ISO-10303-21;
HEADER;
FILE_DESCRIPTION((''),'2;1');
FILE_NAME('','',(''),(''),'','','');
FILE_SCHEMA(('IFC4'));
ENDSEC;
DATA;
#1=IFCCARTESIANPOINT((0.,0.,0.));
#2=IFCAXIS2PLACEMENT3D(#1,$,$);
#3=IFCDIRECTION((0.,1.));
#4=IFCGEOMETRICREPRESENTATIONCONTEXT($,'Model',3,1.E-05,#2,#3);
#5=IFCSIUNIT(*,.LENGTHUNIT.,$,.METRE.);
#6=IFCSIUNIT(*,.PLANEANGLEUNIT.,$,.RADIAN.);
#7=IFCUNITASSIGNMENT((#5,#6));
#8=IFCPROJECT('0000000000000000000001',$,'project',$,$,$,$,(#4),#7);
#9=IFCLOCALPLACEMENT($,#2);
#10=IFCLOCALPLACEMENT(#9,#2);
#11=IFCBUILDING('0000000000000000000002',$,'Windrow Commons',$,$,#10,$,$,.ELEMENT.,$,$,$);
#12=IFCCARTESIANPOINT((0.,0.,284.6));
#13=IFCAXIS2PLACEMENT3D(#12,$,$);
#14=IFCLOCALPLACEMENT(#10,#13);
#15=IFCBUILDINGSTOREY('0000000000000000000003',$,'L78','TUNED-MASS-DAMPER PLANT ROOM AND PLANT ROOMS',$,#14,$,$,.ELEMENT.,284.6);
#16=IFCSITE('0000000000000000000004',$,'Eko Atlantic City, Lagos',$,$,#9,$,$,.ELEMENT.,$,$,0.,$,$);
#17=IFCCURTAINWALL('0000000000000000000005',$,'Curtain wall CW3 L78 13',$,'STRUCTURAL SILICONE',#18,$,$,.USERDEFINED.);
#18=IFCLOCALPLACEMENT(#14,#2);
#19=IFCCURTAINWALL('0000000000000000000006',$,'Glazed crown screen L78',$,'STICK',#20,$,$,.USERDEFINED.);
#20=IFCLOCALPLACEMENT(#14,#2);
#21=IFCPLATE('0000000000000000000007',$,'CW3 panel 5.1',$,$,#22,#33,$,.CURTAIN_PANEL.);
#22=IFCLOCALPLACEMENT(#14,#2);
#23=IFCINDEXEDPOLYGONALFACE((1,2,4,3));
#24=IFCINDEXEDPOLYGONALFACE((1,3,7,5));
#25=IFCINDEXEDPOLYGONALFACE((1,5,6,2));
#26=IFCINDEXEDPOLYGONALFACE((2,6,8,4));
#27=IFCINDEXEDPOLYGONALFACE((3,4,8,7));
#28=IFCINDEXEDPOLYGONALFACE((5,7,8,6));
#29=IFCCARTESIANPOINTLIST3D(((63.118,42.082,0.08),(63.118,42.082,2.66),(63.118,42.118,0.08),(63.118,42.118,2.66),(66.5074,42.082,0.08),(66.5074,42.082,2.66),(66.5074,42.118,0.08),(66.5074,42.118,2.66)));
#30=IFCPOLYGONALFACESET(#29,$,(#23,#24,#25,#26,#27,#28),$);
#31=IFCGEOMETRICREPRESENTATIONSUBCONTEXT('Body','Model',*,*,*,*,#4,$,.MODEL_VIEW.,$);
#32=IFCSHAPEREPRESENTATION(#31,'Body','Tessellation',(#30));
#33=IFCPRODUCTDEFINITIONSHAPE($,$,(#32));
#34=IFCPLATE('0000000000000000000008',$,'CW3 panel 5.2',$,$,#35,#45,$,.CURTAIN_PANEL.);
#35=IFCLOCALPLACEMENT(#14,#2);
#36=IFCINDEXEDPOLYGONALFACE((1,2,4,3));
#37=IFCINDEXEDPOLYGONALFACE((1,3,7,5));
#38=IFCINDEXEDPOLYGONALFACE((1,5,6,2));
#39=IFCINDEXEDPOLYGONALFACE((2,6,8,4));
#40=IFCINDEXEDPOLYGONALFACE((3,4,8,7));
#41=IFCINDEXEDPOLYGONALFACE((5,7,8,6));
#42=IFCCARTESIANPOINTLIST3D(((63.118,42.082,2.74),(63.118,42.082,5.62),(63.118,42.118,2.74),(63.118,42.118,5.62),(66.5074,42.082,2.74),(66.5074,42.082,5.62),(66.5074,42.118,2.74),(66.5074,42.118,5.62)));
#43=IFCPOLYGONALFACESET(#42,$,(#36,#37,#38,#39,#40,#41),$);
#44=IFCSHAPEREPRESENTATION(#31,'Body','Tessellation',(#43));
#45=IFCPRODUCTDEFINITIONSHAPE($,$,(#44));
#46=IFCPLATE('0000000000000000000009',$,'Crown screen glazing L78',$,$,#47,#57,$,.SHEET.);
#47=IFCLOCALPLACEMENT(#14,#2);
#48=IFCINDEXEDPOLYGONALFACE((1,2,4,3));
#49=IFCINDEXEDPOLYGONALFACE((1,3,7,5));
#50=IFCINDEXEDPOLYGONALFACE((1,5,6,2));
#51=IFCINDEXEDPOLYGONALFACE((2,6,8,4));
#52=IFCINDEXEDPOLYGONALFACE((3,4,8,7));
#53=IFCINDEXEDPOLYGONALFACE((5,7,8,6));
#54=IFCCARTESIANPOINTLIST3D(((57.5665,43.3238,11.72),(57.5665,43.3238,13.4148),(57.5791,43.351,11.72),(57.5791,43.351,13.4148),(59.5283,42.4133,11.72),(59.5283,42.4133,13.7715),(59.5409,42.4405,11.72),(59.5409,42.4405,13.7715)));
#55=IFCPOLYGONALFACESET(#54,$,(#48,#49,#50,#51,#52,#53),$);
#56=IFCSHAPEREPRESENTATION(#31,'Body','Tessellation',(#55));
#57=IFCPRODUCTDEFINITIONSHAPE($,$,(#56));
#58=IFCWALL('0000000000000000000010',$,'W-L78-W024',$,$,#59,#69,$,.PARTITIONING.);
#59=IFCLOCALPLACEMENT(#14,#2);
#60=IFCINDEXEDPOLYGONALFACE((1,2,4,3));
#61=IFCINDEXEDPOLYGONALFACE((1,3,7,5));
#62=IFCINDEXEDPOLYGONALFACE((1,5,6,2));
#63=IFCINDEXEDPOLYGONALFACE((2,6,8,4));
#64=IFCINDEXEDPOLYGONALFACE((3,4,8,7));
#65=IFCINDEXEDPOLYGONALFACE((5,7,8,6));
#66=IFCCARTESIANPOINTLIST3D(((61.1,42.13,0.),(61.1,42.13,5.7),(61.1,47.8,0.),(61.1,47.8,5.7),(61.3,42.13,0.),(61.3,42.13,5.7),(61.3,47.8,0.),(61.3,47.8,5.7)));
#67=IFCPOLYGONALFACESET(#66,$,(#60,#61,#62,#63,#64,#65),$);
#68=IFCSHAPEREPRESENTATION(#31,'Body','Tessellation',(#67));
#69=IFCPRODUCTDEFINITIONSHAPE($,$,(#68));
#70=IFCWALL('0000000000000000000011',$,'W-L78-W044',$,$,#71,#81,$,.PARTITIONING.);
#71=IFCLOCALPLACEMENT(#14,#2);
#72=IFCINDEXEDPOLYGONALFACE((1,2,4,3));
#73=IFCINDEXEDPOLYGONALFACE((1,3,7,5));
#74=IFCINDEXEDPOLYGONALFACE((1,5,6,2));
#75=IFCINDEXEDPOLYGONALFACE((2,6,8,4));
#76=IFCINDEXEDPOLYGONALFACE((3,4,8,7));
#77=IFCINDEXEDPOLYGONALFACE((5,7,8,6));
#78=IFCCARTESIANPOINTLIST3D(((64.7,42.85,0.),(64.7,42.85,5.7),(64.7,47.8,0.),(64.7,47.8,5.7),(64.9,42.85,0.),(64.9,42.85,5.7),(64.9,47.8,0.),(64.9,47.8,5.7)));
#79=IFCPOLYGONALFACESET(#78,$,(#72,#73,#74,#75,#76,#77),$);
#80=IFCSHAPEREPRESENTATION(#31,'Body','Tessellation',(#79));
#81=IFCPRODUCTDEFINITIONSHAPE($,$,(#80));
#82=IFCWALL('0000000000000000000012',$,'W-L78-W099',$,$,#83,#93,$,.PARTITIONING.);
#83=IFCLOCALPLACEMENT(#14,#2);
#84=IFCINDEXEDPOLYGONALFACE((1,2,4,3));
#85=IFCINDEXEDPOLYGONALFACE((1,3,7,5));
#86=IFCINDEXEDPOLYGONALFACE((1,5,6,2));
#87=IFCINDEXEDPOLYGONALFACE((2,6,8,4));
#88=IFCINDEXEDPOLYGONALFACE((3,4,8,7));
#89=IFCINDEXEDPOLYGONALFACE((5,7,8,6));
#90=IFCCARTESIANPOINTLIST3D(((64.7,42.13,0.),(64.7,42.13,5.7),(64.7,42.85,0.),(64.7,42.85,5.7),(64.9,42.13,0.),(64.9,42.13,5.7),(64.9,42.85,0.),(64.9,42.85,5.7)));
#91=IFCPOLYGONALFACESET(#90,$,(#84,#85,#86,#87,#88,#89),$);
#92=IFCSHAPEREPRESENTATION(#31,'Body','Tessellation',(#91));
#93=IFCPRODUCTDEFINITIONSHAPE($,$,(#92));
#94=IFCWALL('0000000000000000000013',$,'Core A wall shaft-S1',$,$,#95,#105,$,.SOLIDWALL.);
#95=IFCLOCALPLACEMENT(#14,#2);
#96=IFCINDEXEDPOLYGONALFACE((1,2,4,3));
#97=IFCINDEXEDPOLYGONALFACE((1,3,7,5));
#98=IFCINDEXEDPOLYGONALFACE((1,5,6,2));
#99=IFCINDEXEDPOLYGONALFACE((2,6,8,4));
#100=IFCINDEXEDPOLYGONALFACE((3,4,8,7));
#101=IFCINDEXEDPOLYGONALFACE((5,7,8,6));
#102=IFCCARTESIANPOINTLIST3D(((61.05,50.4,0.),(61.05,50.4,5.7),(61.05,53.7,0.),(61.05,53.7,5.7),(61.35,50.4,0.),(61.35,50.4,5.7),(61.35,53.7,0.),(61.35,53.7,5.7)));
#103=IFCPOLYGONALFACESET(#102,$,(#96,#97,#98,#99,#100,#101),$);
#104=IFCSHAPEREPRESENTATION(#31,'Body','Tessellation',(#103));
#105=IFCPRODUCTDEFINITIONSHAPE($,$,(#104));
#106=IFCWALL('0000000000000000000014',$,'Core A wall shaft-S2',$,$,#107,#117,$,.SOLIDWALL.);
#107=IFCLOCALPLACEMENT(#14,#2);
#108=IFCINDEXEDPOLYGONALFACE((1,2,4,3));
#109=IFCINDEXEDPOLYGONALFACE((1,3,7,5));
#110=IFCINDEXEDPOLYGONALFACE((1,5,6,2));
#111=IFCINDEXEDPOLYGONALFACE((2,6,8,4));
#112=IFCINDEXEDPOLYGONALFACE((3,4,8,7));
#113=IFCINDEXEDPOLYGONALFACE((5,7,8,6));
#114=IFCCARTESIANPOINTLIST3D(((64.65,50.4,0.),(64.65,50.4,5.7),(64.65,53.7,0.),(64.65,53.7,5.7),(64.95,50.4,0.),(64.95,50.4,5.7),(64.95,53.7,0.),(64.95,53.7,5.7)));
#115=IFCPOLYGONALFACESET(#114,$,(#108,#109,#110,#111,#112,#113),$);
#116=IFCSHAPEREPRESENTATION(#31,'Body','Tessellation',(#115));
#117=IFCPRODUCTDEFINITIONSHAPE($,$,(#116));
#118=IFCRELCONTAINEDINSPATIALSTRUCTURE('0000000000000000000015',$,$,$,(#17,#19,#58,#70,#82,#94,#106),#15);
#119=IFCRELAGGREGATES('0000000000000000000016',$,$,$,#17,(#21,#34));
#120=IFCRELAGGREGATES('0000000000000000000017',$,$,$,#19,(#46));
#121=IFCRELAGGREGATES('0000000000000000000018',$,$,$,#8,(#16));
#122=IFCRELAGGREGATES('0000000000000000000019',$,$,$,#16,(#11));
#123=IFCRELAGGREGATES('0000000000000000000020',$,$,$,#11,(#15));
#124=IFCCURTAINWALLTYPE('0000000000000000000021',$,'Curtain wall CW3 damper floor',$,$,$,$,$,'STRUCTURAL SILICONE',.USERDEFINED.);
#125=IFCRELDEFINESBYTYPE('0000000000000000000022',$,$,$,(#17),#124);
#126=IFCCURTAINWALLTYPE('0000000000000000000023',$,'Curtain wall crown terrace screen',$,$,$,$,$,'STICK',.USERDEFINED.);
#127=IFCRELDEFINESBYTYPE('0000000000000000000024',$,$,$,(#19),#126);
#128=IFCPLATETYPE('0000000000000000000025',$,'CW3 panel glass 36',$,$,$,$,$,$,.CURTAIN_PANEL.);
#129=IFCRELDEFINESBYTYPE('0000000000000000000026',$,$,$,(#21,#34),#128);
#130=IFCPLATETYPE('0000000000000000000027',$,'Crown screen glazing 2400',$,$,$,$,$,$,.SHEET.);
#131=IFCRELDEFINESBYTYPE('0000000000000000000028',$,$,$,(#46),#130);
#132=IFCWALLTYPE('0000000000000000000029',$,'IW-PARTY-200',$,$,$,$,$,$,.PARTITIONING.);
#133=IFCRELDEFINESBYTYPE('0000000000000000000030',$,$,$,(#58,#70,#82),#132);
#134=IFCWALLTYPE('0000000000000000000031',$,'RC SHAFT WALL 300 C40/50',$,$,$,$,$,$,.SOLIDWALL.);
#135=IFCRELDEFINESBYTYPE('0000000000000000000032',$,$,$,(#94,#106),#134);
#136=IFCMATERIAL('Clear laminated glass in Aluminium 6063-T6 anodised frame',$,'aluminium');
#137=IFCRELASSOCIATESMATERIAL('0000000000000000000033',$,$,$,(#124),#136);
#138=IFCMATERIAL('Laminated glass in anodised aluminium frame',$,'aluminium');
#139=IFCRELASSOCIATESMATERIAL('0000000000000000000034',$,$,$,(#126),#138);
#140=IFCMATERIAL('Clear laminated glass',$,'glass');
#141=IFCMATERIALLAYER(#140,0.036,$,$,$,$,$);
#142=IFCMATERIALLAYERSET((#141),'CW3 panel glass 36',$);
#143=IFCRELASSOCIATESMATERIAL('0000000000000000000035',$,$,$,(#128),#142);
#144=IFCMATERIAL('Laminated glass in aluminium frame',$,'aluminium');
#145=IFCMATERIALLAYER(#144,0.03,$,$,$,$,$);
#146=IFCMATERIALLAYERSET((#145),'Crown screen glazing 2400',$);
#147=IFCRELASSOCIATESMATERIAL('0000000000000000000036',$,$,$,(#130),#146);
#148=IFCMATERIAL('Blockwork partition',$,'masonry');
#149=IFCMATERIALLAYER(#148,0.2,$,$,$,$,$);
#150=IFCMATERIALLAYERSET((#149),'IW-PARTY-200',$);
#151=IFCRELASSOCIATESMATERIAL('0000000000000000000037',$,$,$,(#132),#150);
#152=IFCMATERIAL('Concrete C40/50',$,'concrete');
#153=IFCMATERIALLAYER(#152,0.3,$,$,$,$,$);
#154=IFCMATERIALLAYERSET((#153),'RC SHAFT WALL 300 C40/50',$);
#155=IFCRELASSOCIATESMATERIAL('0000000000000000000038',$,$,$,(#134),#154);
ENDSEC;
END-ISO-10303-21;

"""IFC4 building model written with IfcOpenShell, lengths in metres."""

from ifc_helpers import new_model, si_unit, direction, frame, frame_2d, origin, origin_2d, place, context, subcontext, project, spatial, polyline, rectangle, outline, extrude, material, layer, layer_set, type_object, element, aggregate, save


model = new_model("IFC4")

# Units and contexts
model_context = context("Model", 3, precision=1e-05, world=origin(), true_north=direction((0.0, 1.0)))
body_context = subcontext(model_context, "Body", "Model", "MODEL_VIEW")
ifc_project = project(units=[si_unit("LENGTHUNIT", "METRE"), si_unit("PLANEANGLEUNIT", "RADIAN")], contexts=[model_context])

# Site, building, storey
site_placement = place(None, origin())
site = spatial("IfcSite", under=ifc_project, at=site_placement, Name="Eko Atlantic City, Lagos", CompositionType="ELEMENT", RefElevation=0.0)
building_placement = place(site_placement, origin())
building = spatial("IfcBuilding", under=site, at=building_placement, Name="Windrow Commons", CompositionType="ELEMENT")
storey_placement = place(building_placement, frame((0.0, 0.0, 284.6)))
storey = spatial("IfcBuildingStorey", under=building, at=storey_placement, Name="L78", Description="TUNED-MASS-DAMPER PLANT ROOM AND PLANT ROOMS", CompositionType="ELEMENT", Elevation=284.6)

# Curtain wall
ifc_material_1 = material(Name="Clear laminated glass in Aluminium 6063-T6 anodised frame", Category="aluminium")
curtain_wall_type_1 = type_object("IfcCurtainWallType", Name="Curtain wall CW3 damper floor", ElementType="STRUCTURAL SILICONE", PredefinedType="USERDEFINED", material=ifc_material_1)
placement = place(storey_placement, origin())
curtain_wall_1 = element("IfcCurtainWall", 1, at=placement, inside=storey, type_object=curtain_wall_type_1, Name="Curtain wall CW3 L78 13", ObjectType="STRUCTURAL SILICONE", PredefinedType="USERDEFINED")

# Curtain wall
ifc_material_2 = material(Name="Laminated glass in anodised aluminium frame", Category="aluminium")
curtain_wall_type_2 = type_object("IfcCurtainWallType", Name="Curtain wall crown terrace screen", ElementType="STICK", PredefinedType="USERDEFINED", material=ifc_material_2)
curtain_wall_2 = element("IfcCurtainWall", 2, at=placement, inside=storey, type_object=curtain_wall_type_2, Name="Glazed crown screen L78", ObjectType="STICK", PredefinedType="USERDEFINED")

# Plates
ifc_material_3 = material(Name="Clear laminated glass", Category="glass")
ifc_layer_1 = layer(ifc_material_3, 0.036)
ifc_layer_set_1 = layer_set([ifc_layer_1], Name="CW3 panel glass 36")
plate_type_1 = type_object("IfcPlateType", Name="CW3 panel glass 36", PredefinedType="CURTAIN_PANEL", material=ifc_layer_set_1)
plate_1_placement = place(storey_placement, frame((64.8127, 42.1, 0.08), z_axis=(0.0, 0.0, 1.0), x_axis=(1.0, 0.0, 0.0)))
plate_1 = element("IfcPlate", 3, at=plate_1_placement, type_object=plate_type_1, Name="CW3 panel 5.1", PredefinedType="CURTAIN_PANEL", context=body_context, shape_type="SweptSolid", body=[
    extrude(rectangle(XDim=3.3895, YDim=0.036, at=origin_2d()), origin(), (0.0, 0.0, 1.0), 2.58),
])
plate_2_placement = place(storey_placement, frame((64.8127, 42.1, 2.74), z_axis=(0.0, 0.0, 1.0), x_axis=(1.0, 0.0, 0.0)))
plate_2 = element("IfcPlate", 4, at=plate_2_placement, type_object=plate_type_1, Name="CW3 panel 5.2", PredefinedType="CURTAIN_PANEL", context=body_context, shape_type="SweptSolid", body=[
    extrude(rectangle(XDim=3.3895, YDim=0.036, at=origin_2d()), origin(), (0.0, 0.0, 1.0), 2.88),
])
aggregate(curtain_wall_1, [plate_1, plate_2])
ifc_material_4 = material(Name="Laminated glass in aluminium frame", Category="aluminium")
ifc_layer_2 = layer(ifc_material_4, 0.03)
ifc_layer_set_2 = layer_set([ifc_layer_2], Name="Crown screen glazing 2400")
plate_type_2 = type_object("IfcPlateType", Name="Crown screen glazing 2400", PredefinedType="SHEET", material=ifc_layer_set_2)
plate_3_placement = place(storey_placement, frame((59.5409, 42.4405, 11.72), z_axis=(0.420984, 0.907068, 0.0), x_axis=(-0.907068, 0.420984, 0.0)))
plate_3 = element("IfcPlate", 5, at=plate_3_placement, type_object=plate_type_2, Name="Crown screen glazing L78", PredefinedType="SHEET", context=body_context, shape_type="SweptSolid", body=[
    extrude(outline(polyline([(0.0, 0.0), (2.1628, 0.0), (2.1628, 1.6948), (0.0, 2.0515), (0.0, 0.0)])), origin(), (0.0, 0.0, -1.0), 0.03),
])
aggregate(curtain_wall_2, [plate_3])

# Walls
ifc_material_5 = material(Name="Blockwork partition", Category="masonry")
ifc_layer_3 = layer(ifc_material_5, 0.2)
ifc_layer_set_3 = layer_set([ifc_layer_3], Name="IW-PARTY-200")
wall_type_1 = type_object("IfcWallType", Name="IW-PARTY-200", PredefinedType="PARTITIONING", material=ifc_layer_set_3)
wall_1_placement = place(storey_placement, frame((61.2, 42.13, 0.0), z_axis=(0.0, 0.0, 1.0), x_axis=(0.0, 1.0, 0.0)))
element("IfcWall", 6, at=wall_1_placement, inside=storey, type_object=wall_type_1, Name="W-L78-W024", PredefinedType="PARTITIONING", context=body_context, shape_type="SweptSolid", body=[
    extrude(rectangle(XDim=5.67, YDim=0.2, at=frame_2d((2.835, 0.0))), origin(), (0.0, 0.0, 1.0), 5.7),
])
wall_2_placement = place(storey_placement, frame((64.8, 42.85, 0.0), z_axis=(0.0, 0.0, 1.0), x_axis=(0.0, 1.0, 0.0)))
element("IfcWall", 7, at=wall_2_placement, inside=storey, type_object=wall_type_1, Name="W-L78-W044", PredefinedType="PARTITIONING", context=body_context, shape_type="SweptSolid", body=[
    extrude(rectangle(XDim=4.95, YDim=0.2, at=frame_2d((2.475, 0.0))), origin(), (0.0, 0.0, 1.0), 5.7),
])
wall_3_placement = place(storey_placement, frame((64.8, 42.13, 0.0), z_axis=(0.0, 0.0, 1.0), x_axis=(0.0, 1.0, 0.0)))
element("IfcWall", 8, at=wall_3_placement, inside=storey, type_object=wall_type_1, Name="W-L78-W099", PredefinedType="PARTITIONING", context=body_context, shape_type="SweptSolid", body=[
    extrude(rectangle(XDim=0.72, YDim=0.2, at=frame_2d((0.36, 0.0))), origin(), (0.0, 0.0, 1.0), 5.7),
])
ifc_material_6 = material(Name="Concrete C40/50", Category="concrete")
ifc_layer_4 = layer(ifc_material_6, 0.3)
ifc_layer_set_4 = layer_set([ifc_layer_4], Name="RC SHAFT WALL 300 C40/50")
wall_type_2 = type_object("IfcWallType", Name="RC SHAFT WALL 300 C40/50", PredefinedType="SOLIDWALL", material=ifc_layer_set_4)
for number, where, z_axis, x_axis, name in (
    (9, (61.2, 50.4, 0.0), (0.0, 0.0, 1.0), (0.0, 1.0, 0.0), "Core A wall shaft-S1"),
    (10, (64.8, 50.4, 0.0), (0.0, 0.0, 1.0), (0.0, 1.0, 0.0), "Core A wall shaft-S2"),
):
    element("IfcWall", number, at=place(storey_placement, frame(where, z_axis=z_axis, x_axis=x_axis)), inside=storey, type_object=wall_type_2, Name=name, PredefinedType="SOLIDWALL", context=body_context, shape_type="SweptSolid", body=[
        extrude(rectangle(XDim=3.3, YDim=0.3, at=frame_2d((1.65, 0.0))), origin(), (0.0, 0.0, 1.0), 5.7),
    ])

save(model, "model.ifc")
